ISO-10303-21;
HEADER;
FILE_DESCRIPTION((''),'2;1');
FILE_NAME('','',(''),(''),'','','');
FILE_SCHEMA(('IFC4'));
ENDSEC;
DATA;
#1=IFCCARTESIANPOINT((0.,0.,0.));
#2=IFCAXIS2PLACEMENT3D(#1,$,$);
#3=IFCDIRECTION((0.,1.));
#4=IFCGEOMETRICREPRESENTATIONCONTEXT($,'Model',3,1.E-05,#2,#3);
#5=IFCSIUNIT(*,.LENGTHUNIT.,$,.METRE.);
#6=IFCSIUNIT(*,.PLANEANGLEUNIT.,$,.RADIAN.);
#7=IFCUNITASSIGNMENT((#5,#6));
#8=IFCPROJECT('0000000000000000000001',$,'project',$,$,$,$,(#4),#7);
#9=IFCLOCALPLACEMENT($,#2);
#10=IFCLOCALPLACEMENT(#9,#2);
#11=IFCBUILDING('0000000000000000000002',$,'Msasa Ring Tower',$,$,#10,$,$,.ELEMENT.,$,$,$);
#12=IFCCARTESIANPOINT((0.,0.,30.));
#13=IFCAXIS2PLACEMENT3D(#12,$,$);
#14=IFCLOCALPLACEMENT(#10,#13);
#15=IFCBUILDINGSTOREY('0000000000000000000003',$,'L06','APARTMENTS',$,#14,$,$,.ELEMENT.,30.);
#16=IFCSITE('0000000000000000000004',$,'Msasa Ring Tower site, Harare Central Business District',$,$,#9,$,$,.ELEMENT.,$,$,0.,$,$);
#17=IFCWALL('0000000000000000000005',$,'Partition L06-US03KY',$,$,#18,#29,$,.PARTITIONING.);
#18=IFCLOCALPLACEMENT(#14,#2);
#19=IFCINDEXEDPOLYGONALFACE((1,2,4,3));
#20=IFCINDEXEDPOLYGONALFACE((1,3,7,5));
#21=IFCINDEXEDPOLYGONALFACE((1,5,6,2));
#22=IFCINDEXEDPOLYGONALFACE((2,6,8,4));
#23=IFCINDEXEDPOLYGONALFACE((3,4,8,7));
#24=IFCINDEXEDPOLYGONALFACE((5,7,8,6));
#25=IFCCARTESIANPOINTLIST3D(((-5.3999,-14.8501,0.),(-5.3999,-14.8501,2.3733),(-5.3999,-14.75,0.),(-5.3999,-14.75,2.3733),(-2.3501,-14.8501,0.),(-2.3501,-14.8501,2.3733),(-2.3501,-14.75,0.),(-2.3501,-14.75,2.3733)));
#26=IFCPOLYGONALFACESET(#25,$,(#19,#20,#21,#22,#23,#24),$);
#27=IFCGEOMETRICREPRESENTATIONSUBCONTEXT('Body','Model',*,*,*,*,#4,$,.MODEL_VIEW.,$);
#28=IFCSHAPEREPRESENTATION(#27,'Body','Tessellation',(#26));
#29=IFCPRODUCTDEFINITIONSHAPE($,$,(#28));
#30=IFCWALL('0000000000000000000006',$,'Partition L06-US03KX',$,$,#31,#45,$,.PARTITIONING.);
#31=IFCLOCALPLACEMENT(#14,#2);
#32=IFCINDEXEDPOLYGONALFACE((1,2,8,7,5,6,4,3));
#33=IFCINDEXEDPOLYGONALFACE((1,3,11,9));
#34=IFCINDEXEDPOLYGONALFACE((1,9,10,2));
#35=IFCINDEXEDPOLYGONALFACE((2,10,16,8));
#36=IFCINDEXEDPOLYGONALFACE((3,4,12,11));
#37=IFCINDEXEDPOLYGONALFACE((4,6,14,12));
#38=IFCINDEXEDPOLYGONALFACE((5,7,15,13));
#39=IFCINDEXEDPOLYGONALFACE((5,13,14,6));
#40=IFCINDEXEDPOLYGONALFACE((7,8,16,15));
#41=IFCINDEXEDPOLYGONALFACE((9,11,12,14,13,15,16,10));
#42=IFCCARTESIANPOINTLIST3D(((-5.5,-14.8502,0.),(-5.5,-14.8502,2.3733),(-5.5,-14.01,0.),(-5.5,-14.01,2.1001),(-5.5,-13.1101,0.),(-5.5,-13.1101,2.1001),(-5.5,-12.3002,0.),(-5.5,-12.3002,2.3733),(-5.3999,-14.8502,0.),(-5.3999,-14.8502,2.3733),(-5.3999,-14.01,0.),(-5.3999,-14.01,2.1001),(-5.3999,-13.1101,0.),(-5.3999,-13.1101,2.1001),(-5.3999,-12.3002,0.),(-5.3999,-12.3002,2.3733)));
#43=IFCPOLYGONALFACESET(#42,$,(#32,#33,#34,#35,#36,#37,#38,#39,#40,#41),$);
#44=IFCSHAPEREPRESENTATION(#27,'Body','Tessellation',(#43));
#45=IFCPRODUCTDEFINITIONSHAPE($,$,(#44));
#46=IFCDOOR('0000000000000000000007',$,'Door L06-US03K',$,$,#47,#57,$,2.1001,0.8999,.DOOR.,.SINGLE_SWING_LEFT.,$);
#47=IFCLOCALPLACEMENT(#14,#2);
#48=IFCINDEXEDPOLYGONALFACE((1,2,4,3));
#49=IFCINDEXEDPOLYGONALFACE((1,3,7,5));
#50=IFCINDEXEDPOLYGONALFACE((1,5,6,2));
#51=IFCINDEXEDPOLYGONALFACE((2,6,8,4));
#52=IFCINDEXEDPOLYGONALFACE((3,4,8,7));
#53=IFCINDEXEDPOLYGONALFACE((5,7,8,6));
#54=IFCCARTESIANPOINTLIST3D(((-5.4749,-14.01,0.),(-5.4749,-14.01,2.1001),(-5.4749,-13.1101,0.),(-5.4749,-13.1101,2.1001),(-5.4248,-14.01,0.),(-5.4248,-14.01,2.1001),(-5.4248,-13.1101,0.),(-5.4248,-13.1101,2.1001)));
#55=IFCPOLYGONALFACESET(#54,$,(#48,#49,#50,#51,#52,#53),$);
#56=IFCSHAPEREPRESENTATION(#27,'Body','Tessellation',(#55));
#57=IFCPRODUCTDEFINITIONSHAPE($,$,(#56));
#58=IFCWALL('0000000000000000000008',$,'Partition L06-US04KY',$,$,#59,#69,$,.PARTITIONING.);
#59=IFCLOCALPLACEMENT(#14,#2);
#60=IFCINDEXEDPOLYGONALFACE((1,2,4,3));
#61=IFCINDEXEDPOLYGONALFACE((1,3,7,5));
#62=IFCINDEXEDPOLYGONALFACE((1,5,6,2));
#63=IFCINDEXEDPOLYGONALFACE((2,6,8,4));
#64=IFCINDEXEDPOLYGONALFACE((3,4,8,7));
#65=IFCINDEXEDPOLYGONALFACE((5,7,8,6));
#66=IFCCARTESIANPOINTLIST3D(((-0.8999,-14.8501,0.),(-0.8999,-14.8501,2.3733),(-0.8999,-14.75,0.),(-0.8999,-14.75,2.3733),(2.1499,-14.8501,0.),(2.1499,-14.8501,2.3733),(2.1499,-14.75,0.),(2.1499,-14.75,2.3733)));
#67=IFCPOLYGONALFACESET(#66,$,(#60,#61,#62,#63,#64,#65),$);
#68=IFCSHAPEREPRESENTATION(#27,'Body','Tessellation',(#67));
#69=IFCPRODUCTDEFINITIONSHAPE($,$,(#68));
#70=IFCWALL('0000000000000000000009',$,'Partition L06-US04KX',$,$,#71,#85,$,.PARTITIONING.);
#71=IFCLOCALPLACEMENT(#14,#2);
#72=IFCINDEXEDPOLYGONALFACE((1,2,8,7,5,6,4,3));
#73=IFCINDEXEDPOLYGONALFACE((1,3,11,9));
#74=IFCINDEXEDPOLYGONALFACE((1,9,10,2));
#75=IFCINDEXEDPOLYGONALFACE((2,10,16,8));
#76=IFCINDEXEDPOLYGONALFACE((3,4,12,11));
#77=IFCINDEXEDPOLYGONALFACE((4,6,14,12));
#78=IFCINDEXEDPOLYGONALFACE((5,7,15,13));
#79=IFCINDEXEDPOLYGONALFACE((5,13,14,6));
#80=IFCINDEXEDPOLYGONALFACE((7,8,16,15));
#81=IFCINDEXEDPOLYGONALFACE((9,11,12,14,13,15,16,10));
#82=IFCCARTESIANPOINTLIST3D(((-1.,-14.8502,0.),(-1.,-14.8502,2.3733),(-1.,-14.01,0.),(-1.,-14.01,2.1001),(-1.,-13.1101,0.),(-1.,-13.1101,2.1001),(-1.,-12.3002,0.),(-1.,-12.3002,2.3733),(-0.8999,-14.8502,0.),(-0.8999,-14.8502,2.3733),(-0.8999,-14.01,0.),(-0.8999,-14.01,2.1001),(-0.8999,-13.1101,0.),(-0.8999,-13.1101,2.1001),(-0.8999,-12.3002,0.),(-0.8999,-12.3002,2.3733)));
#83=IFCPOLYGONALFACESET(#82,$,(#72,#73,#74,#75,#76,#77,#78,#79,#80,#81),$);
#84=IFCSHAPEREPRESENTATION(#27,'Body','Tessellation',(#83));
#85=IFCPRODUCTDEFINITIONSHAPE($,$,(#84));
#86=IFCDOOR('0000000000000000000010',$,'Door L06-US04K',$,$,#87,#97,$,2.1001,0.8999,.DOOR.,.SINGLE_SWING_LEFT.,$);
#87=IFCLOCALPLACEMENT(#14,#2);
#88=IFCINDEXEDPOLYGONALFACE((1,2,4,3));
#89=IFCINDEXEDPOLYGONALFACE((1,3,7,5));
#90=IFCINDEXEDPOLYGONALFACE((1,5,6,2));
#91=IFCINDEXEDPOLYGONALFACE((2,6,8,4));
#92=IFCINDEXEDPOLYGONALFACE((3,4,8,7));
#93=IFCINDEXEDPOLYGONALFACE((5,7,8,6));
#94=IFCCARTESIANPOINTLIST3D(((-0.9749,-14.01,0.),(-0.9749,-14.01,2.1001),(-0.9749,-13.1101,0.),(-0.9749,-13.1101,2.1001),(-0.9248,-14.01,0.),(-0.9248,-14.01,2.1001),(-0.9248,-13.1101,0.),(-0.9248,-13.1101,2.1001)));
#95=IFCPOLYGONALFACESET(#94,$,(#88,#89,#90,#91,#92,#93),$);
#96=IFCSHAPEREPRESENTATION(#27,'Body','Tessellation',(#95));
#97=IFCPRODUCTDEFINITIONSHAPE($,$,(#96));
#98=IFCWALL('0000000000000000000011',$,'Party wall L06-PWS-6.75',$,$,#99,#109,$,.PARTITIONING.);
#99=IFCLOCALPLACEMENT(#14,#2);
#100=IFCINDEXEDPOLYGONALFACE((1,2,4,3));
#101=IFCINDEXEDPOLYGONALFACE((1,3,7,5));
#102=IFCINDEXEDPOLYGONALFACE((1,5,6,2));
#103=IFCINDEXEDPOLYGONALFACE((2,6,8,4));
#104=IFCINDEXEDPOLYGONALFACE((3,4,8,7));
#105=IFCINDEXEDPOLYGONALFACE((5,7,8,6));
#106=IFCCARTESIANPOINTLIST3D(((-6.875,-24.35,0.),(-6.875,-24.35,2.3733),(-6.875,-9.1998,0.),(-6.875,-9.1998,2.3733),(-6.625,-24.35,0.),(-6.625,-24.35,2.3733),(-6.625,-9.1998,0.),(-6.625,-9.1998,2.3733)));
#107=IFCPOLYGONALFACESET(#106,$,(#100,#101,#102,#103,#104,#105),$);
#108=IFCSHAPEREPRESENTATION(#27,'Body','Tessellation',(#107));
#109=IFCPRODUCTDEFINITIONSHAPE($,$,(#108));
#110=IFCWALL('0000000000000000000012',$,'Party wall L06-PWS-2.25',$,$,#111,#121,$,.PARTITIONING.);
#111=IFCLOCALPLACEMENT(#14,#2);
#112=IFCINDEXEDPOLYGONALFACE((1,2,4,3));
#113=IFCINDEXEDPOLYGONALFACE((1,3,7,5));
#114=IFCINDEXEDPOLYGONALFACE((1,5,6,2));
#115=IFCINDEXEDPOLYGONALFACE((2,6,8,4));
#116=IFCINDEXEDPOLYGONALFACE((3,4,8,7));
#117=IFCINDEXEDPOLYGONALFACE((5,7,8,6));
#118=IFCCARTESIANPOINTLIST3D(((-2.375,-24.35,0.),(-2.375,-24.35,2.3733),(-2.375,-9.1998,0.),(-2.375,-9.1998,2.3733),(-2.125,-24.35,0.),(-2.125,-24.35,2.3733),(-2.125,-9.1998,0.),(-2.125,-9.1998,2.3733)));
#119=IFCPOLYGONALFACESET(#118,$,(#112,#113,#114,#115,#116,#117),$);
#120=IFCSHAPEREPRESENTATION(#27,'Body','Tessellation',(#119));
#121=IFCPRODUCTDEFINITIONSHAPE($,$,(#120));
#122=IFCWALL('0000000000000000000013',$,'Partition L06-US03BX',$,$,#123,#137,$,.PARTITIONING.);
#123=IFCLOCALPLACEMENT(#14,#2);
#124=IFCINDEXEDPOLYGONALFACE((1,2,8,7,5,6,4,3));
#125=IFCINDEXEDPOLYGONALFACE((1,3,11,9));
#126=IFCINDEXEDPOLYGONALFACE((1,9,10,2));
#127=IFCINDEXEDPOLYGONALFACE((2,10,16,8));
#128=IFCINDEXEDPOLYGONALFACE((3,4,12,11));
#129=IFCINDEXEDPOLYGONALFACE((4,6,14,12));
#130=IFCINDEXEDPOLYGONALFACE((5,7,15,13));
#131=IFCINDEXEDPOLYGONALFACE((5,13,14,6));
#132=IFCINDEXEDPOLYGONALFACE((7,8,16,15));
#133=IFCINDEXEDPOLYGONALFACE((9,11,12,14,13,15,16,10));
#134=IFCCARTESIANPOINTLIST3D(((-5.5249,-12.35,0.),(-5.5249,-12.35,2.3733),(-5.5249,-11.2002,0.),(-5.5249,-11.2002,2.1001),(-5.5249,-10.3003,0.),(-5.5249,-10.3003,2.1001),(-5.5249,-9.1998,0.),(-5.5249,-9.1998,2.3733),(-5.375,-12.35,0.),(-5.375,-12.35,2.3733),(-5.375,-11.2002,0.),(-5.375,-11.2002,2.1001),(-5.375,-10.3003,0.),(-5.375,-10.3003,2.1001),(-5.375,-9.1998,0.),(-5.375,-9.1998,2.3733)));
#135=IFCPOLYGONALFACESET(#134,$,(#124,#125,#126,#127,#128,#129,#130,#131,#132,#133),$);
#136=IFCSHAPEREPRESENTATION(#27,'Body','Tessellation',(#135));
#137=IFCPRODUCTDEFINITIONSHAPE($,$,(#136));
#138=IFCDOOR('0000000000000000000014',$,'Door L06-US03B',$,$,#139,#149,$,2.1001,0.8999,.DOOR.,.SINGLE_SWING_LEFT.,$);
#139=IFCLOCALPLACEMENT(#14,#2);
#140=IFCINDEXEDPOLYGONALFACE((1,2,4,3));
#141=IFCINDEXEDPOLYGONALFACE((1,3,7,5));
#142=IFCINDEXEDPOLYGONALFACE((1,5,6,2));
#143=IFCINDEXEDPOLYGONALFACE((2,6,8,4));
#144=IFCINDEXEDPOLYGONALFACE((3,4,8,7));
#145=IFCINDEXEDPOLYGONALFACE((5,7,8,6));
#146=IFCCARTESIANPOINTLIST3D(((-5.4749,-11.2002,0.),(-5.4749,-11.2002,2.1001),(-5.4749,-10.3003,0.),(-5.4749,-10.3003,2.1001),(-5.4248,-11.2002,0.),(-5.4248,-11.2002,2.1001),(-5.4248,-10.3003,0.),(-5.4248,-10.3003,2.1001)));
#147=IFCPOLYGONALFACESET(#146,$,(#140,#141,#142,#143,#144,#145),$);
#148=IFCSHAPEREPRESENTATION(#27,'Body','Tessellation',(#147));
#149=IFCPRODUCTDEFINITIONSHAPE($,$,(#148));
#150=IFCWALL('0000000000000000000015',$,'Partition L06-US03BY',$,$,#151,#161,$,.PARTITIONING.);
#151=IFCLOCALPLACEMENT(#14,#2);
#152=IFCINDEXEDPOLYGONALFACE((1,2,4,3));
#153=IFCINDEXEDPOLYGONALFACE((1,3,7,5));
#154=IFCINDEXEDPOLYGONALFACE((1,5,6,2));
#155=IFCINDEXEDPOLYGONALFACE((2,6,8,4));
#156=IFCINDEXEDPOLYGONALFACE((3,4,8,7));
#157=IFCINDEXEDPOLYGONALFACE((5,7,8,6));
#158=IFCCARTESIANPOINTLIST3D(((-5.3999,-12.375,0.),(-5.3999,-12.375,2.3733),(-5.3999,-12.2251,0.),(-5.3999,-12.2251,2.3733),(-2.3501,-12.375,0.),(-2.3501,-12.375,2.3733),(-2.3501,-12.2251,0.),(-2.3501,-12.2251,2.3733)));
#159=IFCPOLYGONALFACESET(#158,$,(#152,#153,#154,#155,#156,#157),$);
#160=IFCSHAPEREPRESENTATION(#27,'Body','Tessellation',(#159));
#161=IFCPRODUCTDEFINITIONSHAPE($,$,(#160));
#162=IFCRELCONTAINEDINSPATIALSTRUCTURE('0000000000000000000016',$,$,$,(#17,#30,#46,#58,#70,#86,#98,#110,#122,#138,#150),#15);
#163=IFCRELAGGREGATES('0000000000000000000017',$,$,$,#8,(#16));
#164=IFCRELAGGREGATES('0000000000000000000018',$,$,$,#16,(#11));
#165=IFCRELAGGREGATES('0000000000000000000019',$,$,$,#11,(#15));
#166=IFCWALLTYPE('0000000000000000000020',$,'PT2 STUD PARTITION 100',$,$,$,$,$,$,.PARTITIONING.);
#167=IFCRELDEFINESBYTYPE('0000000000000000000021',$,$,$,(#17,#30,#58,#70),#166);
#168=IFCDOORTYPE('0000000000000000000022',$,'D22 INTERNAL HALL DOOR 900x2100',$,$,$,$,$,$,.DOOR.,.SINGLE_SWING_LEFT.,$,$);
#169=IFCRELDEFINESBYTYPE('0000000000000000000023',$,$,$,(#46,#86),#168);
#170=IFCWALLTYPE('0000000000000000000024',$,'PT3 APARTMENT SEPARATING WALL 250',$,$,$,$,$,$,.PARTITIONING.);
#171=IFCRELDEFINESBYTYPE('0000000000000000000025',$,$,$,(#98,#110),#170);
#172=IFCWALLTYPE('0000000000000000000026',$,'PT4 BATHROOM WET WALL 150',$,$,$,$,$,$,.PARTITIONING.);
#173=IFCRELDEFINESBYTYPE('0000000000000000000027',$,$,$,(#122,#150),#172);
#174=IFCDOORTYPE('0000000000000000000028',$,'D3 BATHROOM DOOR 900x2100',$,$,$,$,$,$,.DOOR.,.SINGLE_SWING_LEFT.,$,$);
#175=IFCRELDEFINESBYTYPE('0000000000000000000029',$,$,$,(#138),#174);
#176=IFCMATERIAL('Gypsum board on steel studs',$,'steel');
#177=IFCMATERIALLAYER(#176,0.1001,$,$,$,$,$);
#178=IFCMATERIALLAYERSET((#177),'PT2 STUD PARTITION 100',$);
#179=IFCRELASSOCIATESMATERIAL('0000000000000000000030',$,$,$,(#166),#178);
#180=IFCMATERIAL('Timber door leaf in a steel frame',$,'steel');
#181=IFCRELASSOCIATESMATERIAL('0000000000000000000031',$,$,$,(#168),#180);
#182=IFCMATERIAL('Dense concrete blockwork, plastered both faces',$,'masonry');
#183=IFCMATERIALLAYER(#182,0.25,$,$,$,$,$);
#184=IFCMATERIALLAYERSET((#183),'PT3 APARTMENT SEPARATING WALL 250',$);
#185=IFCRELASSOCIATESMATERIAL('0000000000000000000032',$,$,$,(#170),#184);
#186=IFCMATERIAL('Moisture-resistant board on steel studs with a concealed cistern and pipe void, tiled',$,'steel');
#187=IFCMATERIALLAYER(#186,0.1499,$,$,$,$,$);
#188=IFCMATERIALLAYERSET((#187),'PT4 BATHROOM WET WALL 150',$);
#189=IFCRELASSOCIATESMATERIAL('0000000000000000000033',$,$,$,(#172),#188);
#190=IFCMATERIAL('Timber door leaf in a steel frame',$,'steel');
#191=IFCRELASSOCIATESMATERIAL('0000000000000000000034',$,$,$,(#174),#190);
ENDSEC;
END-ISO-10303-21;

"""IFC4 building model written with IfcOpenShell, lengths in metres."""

from ifc_helpers import new_model, si_unit, direction, frame, frame_2d, origin, place, context, subcontext, project, spatial, rectangle, extrude, material, layer, layer_set, type_object, element, fill, save


model = new_model("IFC4")

# Units and contexts
model_context = context("Model", 3, precision=1e-05, world=origin(), true_north=direction((0.0, 1.0)))
body_context = subcontext(model_context, "Body", "Model", "MODEL_VIEW")
ifc_project = project(units=[si_unit("LENGTHUNIT", "METRE"), si_unit("PLANEANGLEUNIT", "RADIAN")], contexts=[model_context])

# Site, building, storey
site_placement = place(None, origin())
site = spatial("IfcSite", under=ifc_project, at=site_placement, Name="Msasa Ring Tower site, Harare Central Business District", CompositionType="ELEMENT", RefElevation=0.0)
building_placement = place(site_placement, origin())
building = spatial("IfcBuilding", under=site, at=building_placement, Name="Msasa Ring Tower", CompositionType="ELEMENT")
storey_placement = place(building_placement, frame((0.0, 0.0, 30.0)))
storey = spatial("IfcBuildingStorey", under=building, at=storey_placement, Name="L06", Description="APARTMENTS", CompositionType="ELEMENT", Elevation=30.0)

# Wall
ifc_material_1 = material(Name="Gypsum board on steel studs", Category="steel")
ifc_layer_1 = layer(ifc_material_1, 0.1001)
ifc_layer_set_1 = layer_set([ifc_layer_1], Name="PT2 STUD PARTITION 100")
wall_type_1 = type_object("IfcWallType", Name="PT2 STUD PARTITION 100", PredefinedType="PARTITIONING", material=ifc_layer_set_1)
wall_1_placement = place(storey_placement, frame((-5.3999, -14.8, 0.0), z_axis=(0.0, 0.0, 1.0), x_axis=(1.0, 0.0, 0.0)))
element("IfcWall", 1, at=wall_1_placement, inside=storey, type_object=wall_type_1, Name="Partition L06-US03KY", PredefinedType="PARTITIONING", context=body_context, shape_type="SweptSolid", body=[
    extrude(rectangle(XDim=3.0498, YDim=0.1001, at=frame_2d((1.5249, 0.0))), origin(), (0.0, 0.0, 1.0), 2.3733),
])

# Wall, opening, door
wall_2_placement = place(storey_placement, frame((-5.45, -14.8501, 0.0), z_axis=(0.0, 0.0, 1.0), x_axis=(0.0, 1.0, 0.0)))
wall_2 = element("IfcWall", 2, at=wall_2_placement, inside=storey, type_object=wall_type_1, Name="Partition L06-US03KX", PredefinedType="PARTITIONING", context=body_context, shape_type="SweptSolid", body=[
    extrude(rectangle(XDim=2.55, YDim=0.1001, at=frame_2d((1.2749, 0.0))), origin(), (0.0, 0.0, 1.0), 2.3733),
])
opening_1_placement = place(wall_2_placement, frame((0.8401, 0.0, 0.0)))
opening_1 = element("IfcOpeningElement", 3, at=opening_1_placement, cuts=wall_2, PredefinedType="OPENING", context=body_context, shape_type="SweptSolid", body=[
    extrude(rectangle(XDim=0.8999, YDim=2.1001, at=frame_2d((0.45, 1.05))), frame((0.0, 0.0601, 0.0), z_axis=(0.0, -1.0, 0.0), x_axis=(1.0, 0.0, 0.0)), (0.0, 0.0, 1.0), 0.1201),
])
ifc_material_2 = material(Name="Timber door leaf in a steel frame", Category="steel")
door_type_1 = type_object("IfcDoorType", Name="D22 INTERNAL HALL DOOR 900x2100", OperationType="SINGLE_SWING_LEFT", PredefinedType="DOOR", material=ifc_material_2)
door_1_placement = place(opening_1_placement, origin())
door_1 = element("IfcDoor", 4, at=door_1_placement, inside=storey, type_object=door_type_1, Name="Door L06-US03K", OperationType="SINGLE_SWING_LEFT", OverallHeight=2.1001, OverallWidth=0.8999, PredefinedType="DOOR", context=body_context, shape_type="SweptSolid", body=[
    extrude(rectangle(XDim=0.8999, YDim=2.1001, at=frame_2d((0.45, 1.05))), frame((0.0, 0.0249, 0.0), z_axis=(0.0, -1.0, 0.0), x_axis=(1.0, 0.0, 0.0)), (0.0, 0.0, 1.0), 0.05),
])
fill(opening_1, door_1)

# Wall
wall_3_placement = place(storey_placement, frame((-0.8999, -14.8, 0.0), z_axis=(0.0, 0.0, 1.0), x_axis=(1.0, 0.0, 0.0)))
element("IfcWall", 5, at=wall_3_placement, inside=storey, type_object=wall_type_1, Name="Partition L06-US04KY", PredefinedType="PARTITIONING", context=body_context, shape_type="SweptSolid", body=[
    extrude(rectangle(XDim=3.0498, YDim=0.1001, at=frame_2d((1.5249, 0.0))), origin(), (0.0, 0.0, 1.0), 2.3733),
])

# Wall, opening, door
wall_4_placement = place(storey_placement, frame((-0.95, -14.8501, 0.0), z_axis=(0.0, 0.0, 1.0), x_axis=(0.0, 1.0, 0.0)))
wall_4 = element("IfcWall", 6, at=wall_4_placement, inside=storey, type_object=wall_type_1, Name="Partition L06-US04KX", PredefinedType="PARTITIONING", context=body_context, shape_type="SweptSolid", body=[
    extrude(rectangle(XDim=2.55, YDim=0.1001, at=frame_2d((1.2749, 0.0))), origin(), (0.0, 0.0, 1.0), 2.3733),
])
opening_2_placement = place(wall_4_placement, frame((0.8401, 0.0, 0.0)))
opening_2 = element("IfcOpeningElement", 7, at=opening_2_placement, cuts=wall_4, PredefinedType="OPENING", context=body_context, shape_type="SweptSolid", body=[
    extrude(rectangle(XDim=0.8999, YDim=2.1001, at=frame_2d((0.45, 1.05))), frame((0.0, 0.0601, 0.0), z_axis=(0.0, -1.0, 0.0), x_axis=(1.0, 0.0, 0.0)), (0.0, 0.0, 1.0), 0.1201),
])
door_2_placement = place(opening_2_placement, origin())
door_2 = element("IfcDoor", 8, at=door_2_placement, inside=storey, type_object=door_type_1, Name="Door L06-US04K", OperationType="SINGLE_SWING_LEFT", OverallHeight=2.1001, OverallWidth=0.8999, PredefinedType="DOOR", context=body_context, shape_type="SweptSolid", body=[
    extrude(rectangle(XDim=0.8999, YDim=2.1001, at=frame_2d((0.45, 1.05))), frame((0.0, 0.0249, 0.0), z_axis=(0.0, -1.0, 0.0), x_axis=(1.0, 0.0, 0.0)), (0.0, 0.0, 1.0), 0.05),
])
fill(opening_2, door_2)

# Walls
ifc_material_3 = material(Name="Dense concrete blockwork, plastered both faces", Category="masonry")
ifc_layer_2 = layer(ifc_material_3, 0.25)
ifc_layer_set_2 = layer_set([ifc_layer_2], Name="PT3 APARTMENT SEPARATING WALL 250")
wall_type_2 = type_object("IfcWallType", Name="PT3 APARTMENT SEPARATING WALL 250", PredefinedType="PARTITIONING", material=ifc_layer_set_2)
for number, where, z_axis, x_axis, name in (
    (9, (-6.75, -24.3501, 0.0), (0.0, 0.0, 1.0), (0.0, 1.0, 0.0), "Party wall L06-PWS-6.75"),
    (10, (-2.25, -24.3501, 0.0), (0.0, 0.0, 1.0), (0.0, 1.0, 0.0), "Party wall L06-PWS-2.25"),
):
    element("IfcWall", number, at=place(storey_placement, frame(where, z_axis=z_axis, x_axis=x_axis)), inside=storey, type_object=wall_type_2, Name=name, PredefinedType="PARTITIONING", context=body_context, shape_type="SweptSolid", body=[
        extrude(rectangle(XDim=15.1501, YDim=0.25, at=frame_2d((7.5752, 0.0))), origin(), (0.0, 0.0, 1.0), 2.3733),
    ])

# Wall, opening, door
ifc_material_4 = material(Name="Moisture-resistant board on steel studs with a concealed cistern and pipe void, tiled", Category="steel")
ifc_layer_3 = layer(ifc_material_4, 0.1499)
ifc_layer_set_3 = layer_set([ifc_layer_3], Name="PT4 BATHROOM WET WALL 150")
wall_type_3 = type_object("IfcWallType", Name="PT4 BATHROOM WET WALL 150", PredefinedType="PARTITIONING", material=ifc_layer_set_3)
wall_5_placement = place(storey_placement, frame((-5.45, -12.3501, 0.0), z_axis=(0.0, 0.0, 1.0), x_axis=(0.0, 1.0, 0.0)))
wall_5 = element("IfcWall", 11, at=wall_5_placement, inside=storey, type_object=wall_type_3, Name="Partition L06-US03BX", PredefinedType="PARTITIONING", context=body_context, shape_type="SweptSolid", body=[
    extrude(rectangle(XDim=3.1501, YDim=0.1499, at=frame_2d((1.5752, 0.0))), origin(), (0.0, 0.0, 1.0), 2.3733),
])
opening_3_placement = place(wall_5_placement, frame((1.1499, 0.0, 0.0)))
opening_3 = element("IfcOpeningElement", 12, at=opening_3_placement, cuts=wall_5, PredefinedType="OPENING", context=body_context, shape_type="SweptSolid", body=[
    extrude(rectangle(XDim=0.8999, YDim=2.1001, at=frame_2d((0.45, 1.05))), frame((0.0, 0.085, 0.0), z_axis=(0.0, -1.0, 0.0), x_axis=(1.0, 0.0, 0.0)), (0.0, 0.0, 1.0), 0.1699),
])
ifc_material_5 = material(Name="Timber door leaf in a steel frame", Category="steel")
door_type_2 = type_object("IfcDoorType", Name="D3 BATHROOM DOOR 900x2100", OperationType="SINGLE_SWING_LEFT", PredefinedType="DOOR", material=ifc_material_5)
door_3_placement = place(opening_3_placement, origin())
door_3 = element("IfcDoor", 13, at=door_3_placement, inside=storey, type_object=door_type_2, Name="Door L06-US03B", OperationType="SINGLE_SWING_LEFT", OverallHeight=2.1001, OverallWidth=0.8999, PredefinedType="DOOR", context=body_context, shape_type="SweptSolid", body=[
    extrude(rectangle(XDim=0.8999, YDim=2.1001, at=frame_2d((0.45, 1.05))), frame((0.0, 0.0249, 0.0), z_axis=(0.0, -1.0, 0.0), x_axis=(1.0, 0.0, 0.0)), (0.0, 0.0, 1.0), 0.05),
])
fill(opening_3, door_3)

# Wall
wall_6_placement = place(storey_placement, frame((-5.3999, -12.3, 0.0), z_axis=(0.0, 0.0, 1.0), x_axis=(1.0, 0.0, 0.0)))
element("IfcWall", 14, at=wall_6_placement, inside=storey, type_object=wall_type_3, Name="Partition L06-US03BY", PredefinedType="PARTITIONING", context=body_context, shape_type="SweptSolid", body=[
    extrude(rectangle(XDim=3.0498, YDim=0.1499, at=frame_2d((1.5249, 0.0))), origin(), (0.0, 0.0, 1.0), 2.3733),
])

save(model, "model.ifc")
